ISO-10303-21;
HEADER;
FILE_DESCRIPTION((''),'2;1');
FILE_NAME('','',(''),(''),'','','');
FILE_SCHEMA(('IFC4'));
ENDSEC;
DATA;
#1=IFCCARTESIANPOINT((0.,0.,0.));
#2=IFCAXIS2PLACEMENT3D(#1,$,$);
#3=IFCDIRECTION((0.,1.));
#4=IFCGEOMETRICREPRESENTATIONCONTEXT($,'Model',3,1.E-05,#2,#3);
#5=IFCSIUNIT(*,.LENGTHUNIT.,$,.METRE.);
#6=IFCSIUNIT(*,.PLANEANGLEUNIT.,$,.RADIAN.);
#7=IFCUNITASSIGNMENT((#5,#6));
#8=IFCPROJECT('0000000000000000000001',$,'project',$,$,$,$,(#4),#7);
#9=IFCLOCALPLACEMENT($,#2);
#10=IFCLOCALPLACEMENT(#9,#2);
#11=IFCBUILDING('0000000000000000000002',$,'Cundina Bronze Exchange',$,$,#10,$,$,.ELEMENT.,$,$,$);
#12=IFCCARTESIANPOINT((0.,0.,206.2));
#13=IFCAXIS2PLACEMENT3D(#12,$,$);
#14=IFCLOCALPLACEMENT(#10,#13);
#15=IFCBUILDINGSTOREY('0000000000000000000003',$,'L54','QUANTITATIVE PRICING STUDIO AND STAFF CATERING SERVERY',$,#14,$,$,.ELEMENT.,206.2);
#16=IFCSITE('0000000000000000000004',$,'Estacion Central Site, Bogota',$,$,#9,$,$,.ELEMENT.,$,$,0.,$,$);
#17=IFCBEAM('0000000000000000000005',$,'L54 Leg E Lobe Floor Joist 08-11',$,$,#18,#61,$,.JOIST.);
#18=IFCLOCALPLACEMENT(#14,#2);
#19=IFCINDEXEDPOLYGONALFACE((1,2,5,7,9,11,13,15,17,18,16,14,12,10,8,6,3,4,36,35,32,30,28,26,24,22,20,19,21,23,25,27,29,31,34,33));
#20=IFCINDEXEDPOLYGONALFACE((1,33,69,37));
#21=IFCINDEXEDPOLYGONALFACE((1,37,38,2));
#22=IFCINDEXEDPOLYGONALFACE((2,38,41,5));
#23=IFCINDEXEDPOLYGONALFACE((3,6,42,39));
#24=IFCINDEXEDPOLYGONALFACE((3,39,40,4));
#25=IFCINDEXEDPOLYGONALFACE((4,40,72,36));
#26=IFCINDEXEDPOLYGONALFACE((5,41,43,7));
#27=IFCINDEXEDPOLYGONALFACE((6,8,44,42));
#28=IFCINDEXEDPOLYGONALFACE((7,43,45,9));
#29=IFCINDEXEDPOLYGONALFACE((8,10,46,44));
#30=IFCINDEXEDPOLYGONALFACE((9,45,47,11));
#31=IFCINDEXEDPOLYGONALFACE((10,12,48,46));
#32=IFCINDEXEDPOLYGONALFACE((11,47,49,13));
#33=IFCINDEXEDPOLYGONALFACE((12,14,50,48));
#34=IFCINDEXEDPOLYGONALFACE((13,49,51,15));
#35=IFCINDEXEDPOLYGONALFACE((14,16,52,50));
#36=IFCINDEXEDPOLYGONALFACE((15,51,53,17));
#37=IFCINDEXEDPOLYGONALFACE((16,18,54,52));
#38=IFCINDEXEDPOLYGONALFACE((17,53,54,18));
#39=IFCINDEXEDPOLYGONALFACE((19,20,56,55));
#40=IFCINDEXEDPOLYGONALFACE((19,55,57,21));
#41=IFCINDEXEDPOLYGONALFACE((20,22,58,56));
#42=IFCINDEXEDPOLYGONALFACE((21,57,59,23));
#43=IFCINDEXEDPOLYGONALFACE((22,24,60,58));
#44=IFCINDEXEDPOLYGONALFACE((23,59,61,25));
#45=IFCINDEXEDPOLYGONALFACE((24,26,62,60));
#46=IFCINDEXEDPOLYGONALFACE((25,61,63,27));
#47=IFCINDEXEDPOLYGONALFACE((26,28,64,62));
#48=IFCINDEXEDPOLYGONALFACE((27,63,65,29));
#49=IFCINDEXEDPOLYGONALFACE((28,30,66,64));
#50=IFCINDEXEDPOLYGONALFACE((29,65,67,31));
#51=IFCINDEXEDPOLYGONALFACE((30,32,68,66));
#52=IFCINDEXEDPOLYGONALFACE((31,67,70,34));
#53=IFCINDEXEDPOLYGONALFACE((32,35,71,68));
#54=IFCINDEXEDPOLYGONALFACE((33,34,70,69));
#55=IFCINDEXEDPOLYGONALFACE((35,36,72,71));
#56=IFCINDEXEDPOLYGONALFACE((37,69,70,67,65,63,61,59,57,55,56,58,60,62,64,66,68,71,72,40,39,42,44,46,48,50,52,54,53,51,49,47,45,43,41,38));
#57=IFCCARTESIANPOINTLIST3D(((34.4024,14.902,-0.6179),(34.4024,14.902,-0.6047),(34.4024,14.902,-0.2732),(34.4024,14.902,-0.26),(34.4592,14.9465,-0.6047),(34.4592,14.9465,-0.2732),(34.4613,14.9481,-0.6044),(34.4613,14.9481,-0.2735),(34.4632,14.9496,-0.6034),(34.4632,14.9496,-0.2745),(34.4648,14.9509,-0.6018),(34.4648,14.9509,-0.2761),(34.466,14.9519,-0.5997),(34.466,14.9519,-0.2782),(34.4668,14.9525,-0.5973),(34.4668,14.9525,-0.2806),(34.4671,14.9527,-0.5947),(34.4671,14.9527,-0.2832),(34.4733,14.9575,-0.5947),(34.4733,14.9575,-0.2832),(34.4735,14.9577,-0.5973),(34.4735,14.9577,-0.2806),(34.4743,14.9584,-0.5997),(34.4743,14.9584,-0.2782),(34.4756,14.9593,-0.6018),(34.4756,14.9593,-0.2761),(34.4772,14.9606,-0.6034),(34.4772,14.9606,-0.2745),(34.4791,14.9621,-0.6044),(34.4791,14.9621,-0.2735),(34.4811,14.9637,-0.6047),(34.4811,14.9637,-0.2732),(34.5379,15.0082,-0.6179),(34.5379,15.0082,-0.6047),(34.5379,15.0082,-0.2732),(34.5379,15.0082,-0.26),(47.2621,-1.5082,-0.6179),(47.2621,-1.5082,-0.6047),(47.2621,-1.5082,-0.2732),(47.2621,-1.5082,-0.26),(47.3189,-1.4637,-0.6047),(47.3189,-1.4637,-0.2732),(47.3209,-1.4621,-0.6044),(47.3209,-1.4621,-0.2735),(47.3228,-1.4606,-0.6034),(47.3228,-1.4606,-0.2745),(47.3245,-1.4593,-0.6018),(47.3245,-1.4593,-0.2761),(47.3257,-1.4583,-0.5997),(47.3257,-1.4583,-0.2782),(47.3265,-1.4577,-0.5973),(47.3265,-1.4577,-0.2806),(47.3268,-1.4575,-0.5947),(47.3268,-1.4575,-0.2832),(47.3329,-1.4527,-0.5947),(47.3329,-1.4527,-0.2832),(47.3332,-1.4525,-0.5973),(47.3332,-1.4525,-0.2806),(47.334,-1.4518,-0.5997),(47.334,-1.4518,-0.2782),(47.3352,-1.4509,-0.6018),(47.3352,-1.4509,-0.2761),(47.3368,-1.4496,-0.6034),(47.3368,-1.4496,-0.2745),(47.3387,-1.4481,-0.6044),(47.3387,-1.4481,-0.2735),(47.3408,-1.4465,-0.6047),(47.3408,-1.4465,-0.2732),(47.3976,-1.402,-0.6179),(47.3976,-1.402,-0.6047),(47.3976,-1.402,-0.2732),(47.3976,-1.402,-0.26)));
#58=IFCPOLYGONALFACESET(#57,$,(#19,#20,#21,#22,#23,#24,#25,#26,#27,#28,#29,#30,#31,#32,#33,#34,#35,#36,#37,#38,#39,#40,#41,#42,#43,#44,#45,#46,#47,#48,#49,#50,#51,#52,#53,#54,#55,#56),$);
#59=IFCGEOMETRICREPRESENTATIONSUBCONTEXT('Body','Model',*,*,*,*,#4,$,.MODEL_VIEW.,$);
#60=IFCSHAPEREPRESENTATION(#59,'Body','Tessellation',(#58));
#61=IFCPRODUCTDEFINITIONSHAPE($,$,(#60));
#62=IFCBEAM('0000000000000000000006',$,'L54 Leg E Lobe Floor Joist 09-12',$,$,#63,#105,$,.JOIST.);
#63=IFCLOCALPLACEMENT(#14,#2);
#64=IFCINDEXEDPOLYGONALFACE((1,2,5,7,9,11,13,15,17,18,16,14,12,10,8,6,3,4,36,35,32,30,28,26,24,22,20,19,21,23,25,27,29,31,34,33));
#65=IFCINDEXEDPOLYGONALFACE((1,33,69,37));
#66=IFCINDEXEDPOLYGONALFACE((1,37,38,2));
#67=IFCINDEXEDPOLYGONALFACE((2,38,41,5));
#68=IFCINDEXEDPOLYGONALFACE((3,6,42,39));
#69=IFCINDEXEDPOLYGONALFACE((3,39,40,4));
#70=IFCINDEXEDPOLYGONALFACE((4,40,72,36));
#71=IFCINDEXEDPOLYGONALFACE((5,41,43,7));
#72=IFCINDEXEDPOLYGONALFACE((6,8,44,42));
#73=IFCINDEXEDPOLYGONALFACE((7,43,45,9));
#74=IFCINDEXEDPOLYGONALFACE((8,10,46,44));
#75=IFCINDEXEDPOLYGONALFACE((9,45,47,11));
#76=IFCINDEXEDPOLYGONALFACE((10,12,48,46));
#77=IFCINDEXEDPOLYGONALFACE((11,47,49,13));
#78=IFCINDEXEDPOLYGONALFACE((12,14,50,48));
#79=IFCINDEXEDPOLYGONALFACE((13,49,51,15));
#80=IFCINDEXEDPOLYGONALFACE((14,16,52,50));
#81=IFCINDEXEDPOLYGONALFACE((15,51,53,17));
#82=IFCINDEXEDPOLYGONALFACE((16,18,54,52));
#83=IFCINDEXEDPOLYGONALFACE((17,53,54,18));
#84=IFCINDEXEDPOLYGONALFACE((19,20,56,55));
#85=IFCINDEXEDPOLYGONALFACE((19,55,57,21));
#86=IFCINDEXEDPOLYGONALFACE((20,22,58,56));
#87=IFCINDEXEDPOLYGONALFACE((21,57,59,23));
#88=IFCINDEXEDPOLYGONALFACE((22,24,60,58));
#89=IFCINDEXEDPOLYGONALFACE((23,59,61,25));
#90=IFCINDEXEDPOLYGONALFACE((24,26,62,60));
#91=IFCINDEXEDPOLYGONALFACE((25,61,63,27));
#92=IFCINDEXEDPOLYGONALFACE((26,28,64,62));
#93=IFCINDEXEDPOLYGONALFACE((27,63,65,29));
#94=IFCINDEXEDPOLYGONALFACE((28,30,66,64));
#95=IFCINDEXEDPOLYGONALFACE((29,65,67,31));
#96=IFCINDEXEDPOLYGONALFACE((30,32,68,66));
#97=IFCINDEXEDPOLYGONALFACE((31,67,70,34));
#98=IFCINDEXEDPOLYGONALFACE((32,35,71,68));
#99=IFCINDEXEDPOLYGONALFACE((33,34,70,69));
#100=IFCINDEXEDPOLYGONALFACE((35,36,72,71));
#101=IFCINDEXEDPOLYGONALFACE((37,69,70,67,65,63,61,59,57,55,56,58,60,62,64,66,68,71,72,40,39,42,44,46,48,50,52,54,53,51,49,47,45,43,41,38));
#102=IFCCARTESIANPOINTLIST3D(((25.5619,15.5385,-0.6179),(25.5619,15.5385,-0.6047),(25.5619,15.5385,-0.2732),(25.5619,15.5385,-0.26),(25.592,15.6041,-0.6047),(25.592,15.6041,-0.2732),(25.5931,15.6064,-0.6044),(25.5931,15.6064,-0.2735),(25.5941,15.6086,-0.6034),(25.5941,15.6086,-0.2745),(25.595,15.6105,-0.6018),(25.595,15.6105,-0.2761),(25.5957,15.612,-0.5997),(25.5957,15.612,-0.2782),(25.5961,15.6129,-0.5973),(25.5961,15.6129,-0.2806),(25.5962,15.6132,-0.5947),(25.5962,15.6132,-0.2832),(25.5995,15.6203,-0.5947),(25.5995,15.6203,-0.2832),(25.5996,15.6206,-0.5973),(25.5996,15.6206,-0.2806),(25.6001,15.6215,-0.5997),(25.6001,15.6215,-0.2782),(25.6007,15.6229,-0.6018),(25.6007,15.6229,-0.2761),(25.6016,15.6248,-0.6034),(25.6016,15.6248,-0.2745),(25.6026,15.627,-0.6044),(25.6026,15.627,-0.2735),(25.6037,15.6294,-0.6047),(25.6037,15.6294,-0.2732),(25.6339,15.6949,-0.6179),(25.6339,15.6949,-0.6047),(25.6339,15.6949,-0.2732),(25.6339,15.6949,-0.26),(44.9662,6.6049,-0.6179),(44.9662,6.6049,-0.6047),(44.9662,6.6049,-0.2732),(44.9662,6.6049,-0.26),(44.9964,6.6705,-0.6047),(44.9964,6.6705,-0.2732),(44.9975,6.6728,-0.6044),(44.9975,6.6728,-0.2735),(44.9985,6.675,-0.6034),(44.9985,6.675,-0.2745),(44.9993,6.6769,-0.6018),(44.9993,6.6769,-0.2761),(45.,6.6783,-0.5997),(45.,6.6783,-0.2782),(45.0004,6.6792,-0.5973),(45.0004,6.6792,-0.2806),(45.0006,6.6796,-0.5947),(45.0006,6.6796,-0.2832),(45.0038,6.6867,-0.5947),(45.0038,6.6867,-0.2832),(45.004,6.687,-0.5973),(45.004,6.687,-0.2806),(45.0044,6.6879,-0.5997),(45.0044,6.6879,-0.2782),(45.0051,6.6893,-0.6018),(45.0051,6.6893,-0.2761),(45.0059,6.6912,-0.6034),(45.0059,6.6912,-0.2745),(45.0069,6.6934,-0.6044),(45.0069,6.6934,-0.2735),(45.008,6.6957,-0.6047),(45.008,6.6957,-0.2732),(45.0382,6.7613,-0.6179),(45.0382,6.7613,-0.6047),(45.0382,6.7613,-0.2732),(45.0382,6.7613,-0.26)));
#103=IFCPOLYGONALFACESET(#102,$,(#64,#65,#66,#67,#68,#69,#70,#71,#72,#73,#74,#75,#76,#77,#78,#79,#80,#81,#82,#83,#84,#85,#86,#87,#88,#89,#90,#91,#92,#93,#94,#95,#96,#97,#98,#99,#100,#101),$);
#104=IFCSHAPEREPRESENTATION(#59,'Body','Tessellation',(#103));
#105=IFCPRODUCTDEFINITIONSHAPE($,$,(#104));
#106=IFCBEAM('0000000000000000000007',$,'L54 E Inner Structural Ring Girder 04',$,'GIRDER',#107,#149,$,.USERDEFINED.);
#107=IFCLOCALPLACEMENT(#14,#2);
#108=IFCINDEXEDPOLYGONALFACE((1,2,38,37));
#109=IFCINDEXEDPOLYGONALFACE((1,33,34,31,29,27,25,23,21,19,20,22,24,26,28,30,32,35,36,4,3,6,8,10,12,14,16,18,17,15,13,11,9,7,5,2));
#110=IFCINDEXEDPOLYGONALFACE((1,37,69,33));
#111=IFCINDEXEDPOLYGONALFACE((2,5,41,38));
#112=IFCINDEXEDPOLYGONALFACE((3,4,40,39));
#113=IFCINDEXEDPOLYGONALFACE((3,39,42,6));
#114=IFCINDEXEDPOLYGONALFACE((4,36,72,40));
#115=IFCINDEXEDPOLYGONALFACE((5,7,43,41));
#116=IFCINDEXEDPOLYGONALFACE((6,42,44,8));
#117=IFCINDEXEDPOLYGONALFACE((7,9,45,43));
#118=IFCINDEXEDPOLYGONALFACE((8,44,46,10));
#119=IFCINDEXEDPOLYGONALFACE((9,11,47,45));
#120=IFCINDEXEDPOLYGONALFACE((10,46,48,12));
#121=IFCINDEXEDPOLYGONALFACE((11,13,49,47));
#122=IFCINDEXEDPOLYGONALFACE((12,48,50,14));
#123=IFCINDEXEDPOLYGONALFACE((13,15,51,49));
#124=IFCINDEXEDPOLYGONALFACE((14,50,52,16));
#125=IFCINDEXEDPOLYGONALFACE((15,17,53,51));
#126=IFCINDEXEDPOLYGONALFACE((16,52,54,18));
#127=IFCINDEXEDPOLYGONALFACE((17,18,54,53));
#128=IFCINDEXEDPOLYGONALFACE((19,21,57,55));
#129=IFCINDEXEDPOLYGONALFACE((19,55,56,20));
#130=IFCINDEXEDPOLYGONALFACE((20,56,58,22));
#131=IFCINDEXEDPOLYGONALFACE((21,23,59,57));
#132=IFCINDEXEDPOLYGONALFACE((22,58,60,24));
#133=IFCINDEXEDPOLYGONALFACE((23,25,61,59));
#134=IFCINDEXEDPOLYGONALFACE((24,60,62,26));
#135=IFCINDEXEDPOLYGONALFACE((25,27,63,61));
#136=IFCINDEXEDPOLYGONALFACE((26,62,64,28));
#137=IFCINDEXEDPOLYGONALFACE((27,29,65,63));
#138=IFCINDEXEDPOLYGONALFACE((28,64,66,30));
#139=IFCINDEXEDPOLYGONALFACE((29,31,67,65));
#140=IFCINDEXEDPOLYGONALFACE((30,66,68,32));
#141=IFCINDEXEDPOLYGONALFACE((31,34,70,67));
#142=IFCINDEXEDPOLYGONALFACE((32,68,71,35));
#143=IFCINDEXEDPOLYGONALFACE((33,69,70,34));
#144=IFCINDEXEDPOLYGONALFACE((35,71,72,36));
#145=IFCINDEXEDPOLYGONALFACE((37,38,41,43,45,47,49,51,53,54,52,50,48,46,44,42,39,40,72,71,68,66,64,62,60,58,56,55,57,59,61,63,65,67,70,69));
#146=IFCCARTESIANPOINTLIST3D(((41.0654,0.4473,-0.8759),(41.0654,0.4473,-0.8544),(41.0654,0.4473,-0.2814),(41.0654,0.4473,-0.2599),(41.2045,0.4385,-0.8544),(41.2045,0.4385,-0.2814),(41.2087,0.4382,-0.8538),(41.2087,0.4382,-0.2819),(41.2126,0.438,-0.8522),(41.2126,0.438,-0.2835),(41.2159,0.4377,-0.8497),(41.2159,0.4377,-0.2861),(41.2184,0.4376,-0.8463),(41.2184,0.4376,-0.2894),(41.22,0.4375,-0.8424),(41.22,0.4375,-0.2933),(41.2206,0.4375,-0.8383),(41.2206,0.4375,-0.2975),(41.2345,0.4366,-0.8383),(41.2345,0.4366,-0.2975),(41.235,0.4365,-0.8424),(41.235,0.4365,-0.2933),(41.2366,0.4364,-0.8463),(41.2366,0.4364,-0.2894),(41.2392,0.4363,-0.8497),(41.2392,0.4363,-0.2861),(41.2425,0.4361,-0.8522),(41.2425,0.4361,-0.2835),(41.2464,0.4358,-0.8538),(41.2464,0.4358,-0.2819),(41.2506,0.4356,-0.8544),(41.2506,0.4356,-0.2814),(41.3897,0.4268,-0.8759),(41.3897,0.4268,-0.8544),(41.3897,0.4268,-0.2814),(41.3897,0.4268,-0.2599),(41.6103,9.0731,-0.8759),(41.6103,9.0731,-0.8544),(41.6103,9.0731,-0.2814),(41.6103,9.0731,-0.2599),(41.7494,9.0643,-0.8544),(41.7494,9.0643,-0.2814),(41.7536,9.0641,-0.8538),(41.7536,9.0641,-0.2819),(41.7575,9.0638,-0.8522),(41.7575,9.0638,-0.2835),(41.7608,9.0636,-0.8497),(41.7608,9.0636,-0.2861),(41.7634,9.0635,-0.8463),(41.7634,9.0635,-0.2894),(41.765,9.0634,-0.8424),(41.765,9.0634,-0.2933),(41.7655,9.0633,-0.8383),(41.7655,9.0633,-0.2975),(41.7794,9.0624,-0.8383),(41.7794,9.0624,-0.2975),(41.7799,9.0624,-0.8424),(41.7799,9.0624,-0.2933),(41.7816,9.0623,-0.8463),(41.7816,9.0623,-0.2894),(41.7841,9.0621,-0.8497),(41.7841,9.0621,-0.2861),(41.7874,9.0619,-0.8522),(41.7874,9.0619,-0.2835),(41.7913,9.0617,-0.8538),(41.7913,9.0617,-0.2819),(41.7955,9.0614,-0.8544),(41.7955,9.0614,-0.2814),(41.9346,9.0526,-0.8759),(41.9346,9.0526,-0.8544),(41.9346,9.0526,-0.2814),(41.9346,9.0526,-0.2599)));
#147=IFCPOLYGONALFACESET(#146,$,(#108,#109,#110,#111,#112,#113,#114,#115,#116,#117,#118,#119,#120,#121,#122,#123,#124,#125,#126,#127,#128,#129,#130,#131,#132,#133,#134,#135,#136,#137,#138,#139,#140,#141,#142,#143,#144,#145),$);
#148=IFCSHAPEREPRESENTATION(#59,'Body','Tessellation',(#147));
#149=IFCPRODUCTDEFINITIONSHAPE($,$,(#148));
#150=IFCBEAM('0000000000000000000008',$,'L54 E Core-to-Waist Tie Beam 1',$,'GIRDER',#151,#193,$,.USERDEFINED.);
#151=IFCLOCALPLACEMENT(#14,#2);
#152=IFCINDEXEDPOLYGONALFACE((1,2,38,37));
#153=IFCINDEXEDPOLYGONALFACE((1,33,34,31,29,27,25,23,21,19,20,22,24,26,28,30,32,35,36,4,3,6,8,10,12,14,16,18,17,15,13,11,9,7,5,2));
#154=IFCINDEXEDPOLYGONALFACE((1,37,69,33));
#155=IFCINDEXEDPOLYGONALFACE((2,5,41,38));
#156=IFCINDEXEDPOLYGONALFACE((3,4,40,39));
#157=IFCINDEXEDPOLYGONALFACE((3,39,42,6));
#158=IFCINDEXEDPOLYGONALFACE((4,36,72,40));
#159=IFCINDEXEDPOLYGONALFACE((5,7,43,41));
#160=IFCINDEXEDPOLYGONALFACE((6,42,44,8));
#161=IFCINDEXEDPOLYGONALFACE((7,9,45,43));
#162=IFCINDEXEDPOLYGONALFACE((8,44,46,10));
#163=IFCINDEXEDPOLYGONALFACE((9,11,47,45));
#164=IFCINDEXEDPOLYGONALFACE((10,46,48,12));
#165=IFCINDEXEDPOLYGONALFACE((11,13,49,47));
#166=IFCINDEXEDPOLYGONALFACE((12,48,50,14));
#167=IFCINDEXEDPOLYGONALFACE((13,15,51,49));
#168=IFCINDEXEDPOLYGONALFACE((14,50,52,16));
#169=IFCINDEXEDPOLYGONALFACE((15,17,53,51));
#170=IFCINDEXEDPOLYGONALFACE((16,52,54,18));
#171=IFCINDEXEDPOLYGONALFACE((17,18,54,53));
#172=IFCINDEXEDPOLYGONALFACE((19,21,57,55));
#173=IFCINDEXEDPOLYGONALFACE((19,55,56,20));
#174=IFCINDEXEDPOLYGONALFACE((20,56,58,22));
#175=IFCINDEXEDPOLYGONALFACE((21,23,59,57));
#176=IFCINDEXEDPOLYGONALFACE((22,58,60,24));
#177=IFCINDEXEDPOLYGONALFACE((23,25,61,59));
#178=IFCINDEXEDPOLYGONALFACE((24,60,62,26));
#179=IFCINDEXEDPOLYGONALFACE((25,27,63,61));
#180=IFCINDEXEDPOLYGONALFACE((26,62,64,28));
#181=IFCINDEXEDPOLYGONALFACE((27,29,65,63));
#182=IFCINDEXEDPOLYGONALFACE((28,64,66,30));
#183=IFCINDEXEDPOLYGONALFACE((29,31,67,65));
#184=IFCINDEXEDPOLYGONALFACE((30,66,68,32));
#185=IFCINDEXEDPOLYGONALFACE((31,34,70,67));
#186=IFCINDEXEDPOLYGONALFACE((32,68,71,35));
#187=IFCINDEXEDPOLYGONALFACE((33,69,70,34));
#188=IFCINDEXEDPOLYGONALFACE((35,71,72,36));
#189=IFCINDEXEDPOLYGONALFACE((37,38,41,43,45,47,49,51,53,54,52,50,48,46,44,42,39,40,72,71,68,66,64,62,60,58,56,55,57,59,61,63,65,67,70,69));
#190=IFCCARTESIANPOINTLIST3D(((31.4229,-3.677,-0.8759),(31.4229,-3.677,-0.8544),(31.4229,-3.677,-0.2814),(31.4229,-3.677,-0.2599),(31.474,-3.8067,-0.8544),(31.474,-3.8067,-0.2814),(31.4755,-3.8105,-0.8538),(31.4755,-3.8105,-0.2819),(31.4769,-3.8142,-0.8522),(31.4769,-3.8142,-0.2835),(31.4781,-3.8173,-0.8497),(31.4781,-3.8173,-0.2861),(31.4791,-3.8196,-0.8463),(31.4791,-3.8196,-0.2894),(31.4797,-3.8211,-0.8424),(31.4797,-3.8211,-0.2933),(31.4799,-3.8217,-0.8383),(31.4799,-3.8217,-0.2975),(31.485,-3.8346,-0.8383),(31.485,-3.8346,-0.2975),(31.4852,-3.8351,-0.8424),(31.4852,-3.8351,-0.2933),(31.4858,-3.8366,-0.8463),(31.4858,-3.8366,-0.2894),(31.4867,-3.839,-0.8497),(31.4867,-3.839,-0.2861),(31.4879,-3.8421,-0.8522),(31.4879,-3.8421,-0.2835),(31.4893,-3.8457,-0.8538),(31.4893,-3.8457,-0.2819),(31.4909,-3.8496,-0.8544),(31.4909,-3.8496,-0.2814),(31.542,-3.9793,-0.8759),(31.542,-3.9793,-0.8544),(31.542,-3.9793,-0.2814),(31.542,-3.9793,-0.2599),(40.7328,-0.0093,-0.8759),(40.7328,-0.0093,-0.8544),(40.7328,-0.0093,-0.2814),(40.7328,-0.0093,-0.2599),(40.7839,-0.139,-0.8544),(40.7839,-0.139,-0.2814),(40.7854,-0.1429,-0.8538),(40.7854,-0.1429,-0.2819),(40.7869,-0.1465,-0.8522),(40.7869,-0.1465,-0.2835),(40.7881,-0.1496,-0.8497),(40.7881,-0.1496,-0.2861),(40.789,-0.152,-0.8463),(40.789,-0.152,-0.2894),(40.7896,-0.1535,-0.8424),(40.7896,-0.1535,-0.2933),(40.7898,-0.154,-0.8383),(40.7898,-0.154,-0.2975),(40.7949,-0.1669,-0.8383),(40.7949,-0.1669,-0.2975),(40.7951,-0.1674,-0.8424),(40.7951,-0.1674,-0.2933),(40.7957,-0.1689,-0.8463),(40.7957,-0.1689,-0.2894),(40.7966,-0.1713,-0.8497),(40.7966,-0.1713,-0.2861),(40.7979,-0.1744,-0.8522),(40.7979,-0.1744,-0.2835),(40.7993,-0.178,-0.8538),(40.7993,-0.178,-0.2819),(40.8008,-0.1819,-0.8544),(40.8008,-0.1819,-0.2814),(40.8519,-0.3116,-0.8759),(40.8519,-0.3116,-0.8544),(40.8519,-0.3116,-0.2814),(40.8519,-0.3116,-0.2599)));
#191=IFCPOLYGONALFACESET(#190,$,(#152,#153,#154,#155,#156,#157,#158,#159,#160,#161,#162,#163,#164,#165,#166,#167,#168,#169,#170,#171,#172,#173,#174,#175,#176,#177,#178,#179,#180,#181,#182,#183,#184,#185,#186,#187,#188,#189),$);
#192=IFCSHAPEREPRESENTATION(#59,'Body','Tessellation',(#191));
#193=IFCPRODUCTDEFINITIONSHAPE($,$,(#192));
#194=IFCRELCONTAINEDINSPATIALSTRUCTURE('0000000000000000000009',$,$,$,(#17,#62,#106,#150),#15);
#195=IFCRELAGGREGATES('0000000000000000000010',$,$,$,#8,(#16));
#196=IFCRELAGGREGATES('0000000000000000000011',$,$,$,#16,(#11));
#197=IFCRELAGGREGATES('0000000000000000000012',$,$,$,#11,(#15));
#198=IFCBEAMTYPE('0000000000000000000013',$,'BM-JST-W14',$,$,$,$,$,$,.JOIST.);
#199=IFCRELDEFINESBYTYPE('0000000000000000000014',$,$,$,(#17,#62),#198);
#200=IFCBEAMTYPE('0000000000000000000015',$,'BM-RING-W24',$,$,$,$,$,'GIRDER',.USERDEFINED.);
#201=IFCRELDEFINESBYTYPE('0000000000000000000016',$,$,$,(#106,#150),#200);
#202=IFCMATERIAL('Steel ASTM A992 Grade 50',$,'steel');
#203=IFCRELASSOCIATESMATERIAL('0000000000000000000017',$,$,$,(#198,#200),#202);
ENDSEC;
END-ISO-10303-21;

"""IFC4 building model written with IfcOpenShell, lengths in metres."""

from ifc_helpers import new_model, si_unit, direction, frame, origin, origin_2d, place, context, subcontext, project, spatial, i_section, extrude, material, material_profile, profile_set, type_object, element, save


model = new_model("IFC4")

# Units and contexts
model_context = context("Model", 3, precision=1e-05, world=origin(), true_north=direction((0.0, 1.0)))
body_context = subcontext(model_context, "Body", "Model", "MODEL_VIEW")
ifc_project = project(units=[si_unit("LENGTHUNIT", "METRE"), si_unit("PLANEANGLEUNIT", "RADIAN")], contexts=[model_context])

# Site, building, storey
site_placement = place(None, origin())
site = spatial("IfcSite", under=ifc_project, at=site_placement, Name="Estacion Central Site, Bogota", CompositionType="ELEMENT", RefElevation=0.0)
building_placement = place(site_placement, origin())
building = spatial("IfcBuilding", under=site, at=building_placement, Name="Cundina Bronze Exchange", CompositionType="ELEMENT")
storey_placement = place(building_placement, frame((0.0, 0.0, 206.2)))
storey = spatial("IfcBuildingStorey", under=building, at=storey_placement, Name="L54", Description="QUANTITATIVE PRICING STUDIO AND STAFF CATERING SERVERY", CompositionType="ELEMENT", Elevation=206.2)

# Shared definitions
ifc_material_1 = material(Name="Steel ASTM A992 Grade 50", Category="steel")

# Beams
ifc_material_profile_1 = material_profile(ifc_material_1, i_section(OverallWidth=0.1721, OverallDepth=0.3579, WebThickness=0.0078, FlangeThickness=0.0132, FilletRadius=0.01, at=origin_2d()), Name="W14X38", Category="steel")
ifc_profile_set_1 = profile_set([ifc_material_profile_1], Name="Steel ASTM A992 Grade 50")
beam_type_1 = type_object("IfcBeamType", Name="BM-JST-W14", PredefinedType="JOIST", material=ifc_profile_set_1)
beam_1_placement = place(storey_placement, frame((47.3298, -1.4551, -0.439), z_axis=(-0.61681, 0.787112, 0.0), x_axis=(-0.787112, -0.61681, 0.0)))
element("IfcBeam", 1, at=beam_1_placement, inside=storey, type_object=beam_type_1, Name="L54 Leg E Lobe Floor Joist 08-11", PredefinedType="JOIST", context=body_context, shape_type="SweptSolid", body=[
    extrude(i_section(OverallWidth=0.1721, OverallDepth=0.3579, WebThickness=0.0078, FlangeThickness=0.0132, FilletRadius=0.01, at=origin_2d()), origin(), (0.0, 0.0, 1.0), 20.8486),
])
beam_2_placement = place(storey_placement, frame((45.0022, 6.6831, -0.439), z_axis=(-0.908355, 0.4182, 0.0), x_axis=(-0.4182, -0.908355, 0.0)))
element("IfcBeam", 2, at=beam_2_placement, inside=storey, type_object=beam_type_1, Name="L54 Leg E Lobe Floor Joist 09-12", PredefinedType="JOIST", context=body_context, shape_type="SweptSolid", body=[
    extrude(i_section(OverallWidth=0.1721, OverallDepth=0.3579, WebThickness=0.0078, FlangeThickness=0.0132, FilletRadius=0.01, at=origin_2d()), origin(), (0.0, 0.0, 1.0), 21.3621),
])
ifc_material_profile_2 = material_profile(ifc_material_1, i_section(OverallWidth=0.325, OverallDepth=0.616, WebThickness=0.0139, FlangeThickness=0.0215, FilletRadius=0.0161, at=origin_2d()), Name="W24X117", Category="steel")
ifc_profile_set_2 = profile_set([ifc_material_profile_2], Name="Steel ASTM A992 Grade 50")
beam_type_2 = type_object("IfcBeamType", Name="BM-RING-W24", ElementType="GIRDER", PredefinedType="USERDEFINED", material=ifc_profile_set_2)
beam_3_placement = place(storey_placement, frame((41.2275, 0.437, -0.5679), z_axis=(0.063047, 0.998011, 0.0), x_axis=(-0.998011, 0.063047, 0.0)))
element("IfcBeam", 3, at=beam_3_placement, inside=storey, type_object=beam_type_2, Name="L54 E Inner Structural Ring Girder 04", ObjectType="GIRDER", PredefinedType="USERDEFINED", context=body_context, shape_type="SweptSolid", body=[
    extrude(i_section(OverallWidth=0.325, OverallDepth=0.616, WebThickness=0.0139, FlangeThickness=0.0215, FilletRadius=0.0161, at=origin_2d()), origin(), (0.0, 0.0, 1.0), 8.6431),
])
beam_4_placement = place(storey_placement, frame((31.4824, -3.8281, -0.5679), z_axis=(0.930404, 0.366535, 0.0), x_axis=(-0.366535, 0.930404, 0.0)))
element("IfcBeam", 4, at=beam_4_placement, inside=storey, type_object=beam_type_2, Name="L54 E Core-to-Waist Tie Beam 1", ObjectType="GIRDER", PredefinedType="USERDEFINED", context=body_context, shape_type="SweptSolid", body=[
    extrude(i_section(OverallWidth=0.325, OverallDepth=0.616, WebThickness=0.0139, FlangeThickness=0.0215, FilletRadius=0.0161, at=origin_2d()), origin(), (0.0, 0.0, 1.0), 10.0063),
])

save(model, "model.ifc")
